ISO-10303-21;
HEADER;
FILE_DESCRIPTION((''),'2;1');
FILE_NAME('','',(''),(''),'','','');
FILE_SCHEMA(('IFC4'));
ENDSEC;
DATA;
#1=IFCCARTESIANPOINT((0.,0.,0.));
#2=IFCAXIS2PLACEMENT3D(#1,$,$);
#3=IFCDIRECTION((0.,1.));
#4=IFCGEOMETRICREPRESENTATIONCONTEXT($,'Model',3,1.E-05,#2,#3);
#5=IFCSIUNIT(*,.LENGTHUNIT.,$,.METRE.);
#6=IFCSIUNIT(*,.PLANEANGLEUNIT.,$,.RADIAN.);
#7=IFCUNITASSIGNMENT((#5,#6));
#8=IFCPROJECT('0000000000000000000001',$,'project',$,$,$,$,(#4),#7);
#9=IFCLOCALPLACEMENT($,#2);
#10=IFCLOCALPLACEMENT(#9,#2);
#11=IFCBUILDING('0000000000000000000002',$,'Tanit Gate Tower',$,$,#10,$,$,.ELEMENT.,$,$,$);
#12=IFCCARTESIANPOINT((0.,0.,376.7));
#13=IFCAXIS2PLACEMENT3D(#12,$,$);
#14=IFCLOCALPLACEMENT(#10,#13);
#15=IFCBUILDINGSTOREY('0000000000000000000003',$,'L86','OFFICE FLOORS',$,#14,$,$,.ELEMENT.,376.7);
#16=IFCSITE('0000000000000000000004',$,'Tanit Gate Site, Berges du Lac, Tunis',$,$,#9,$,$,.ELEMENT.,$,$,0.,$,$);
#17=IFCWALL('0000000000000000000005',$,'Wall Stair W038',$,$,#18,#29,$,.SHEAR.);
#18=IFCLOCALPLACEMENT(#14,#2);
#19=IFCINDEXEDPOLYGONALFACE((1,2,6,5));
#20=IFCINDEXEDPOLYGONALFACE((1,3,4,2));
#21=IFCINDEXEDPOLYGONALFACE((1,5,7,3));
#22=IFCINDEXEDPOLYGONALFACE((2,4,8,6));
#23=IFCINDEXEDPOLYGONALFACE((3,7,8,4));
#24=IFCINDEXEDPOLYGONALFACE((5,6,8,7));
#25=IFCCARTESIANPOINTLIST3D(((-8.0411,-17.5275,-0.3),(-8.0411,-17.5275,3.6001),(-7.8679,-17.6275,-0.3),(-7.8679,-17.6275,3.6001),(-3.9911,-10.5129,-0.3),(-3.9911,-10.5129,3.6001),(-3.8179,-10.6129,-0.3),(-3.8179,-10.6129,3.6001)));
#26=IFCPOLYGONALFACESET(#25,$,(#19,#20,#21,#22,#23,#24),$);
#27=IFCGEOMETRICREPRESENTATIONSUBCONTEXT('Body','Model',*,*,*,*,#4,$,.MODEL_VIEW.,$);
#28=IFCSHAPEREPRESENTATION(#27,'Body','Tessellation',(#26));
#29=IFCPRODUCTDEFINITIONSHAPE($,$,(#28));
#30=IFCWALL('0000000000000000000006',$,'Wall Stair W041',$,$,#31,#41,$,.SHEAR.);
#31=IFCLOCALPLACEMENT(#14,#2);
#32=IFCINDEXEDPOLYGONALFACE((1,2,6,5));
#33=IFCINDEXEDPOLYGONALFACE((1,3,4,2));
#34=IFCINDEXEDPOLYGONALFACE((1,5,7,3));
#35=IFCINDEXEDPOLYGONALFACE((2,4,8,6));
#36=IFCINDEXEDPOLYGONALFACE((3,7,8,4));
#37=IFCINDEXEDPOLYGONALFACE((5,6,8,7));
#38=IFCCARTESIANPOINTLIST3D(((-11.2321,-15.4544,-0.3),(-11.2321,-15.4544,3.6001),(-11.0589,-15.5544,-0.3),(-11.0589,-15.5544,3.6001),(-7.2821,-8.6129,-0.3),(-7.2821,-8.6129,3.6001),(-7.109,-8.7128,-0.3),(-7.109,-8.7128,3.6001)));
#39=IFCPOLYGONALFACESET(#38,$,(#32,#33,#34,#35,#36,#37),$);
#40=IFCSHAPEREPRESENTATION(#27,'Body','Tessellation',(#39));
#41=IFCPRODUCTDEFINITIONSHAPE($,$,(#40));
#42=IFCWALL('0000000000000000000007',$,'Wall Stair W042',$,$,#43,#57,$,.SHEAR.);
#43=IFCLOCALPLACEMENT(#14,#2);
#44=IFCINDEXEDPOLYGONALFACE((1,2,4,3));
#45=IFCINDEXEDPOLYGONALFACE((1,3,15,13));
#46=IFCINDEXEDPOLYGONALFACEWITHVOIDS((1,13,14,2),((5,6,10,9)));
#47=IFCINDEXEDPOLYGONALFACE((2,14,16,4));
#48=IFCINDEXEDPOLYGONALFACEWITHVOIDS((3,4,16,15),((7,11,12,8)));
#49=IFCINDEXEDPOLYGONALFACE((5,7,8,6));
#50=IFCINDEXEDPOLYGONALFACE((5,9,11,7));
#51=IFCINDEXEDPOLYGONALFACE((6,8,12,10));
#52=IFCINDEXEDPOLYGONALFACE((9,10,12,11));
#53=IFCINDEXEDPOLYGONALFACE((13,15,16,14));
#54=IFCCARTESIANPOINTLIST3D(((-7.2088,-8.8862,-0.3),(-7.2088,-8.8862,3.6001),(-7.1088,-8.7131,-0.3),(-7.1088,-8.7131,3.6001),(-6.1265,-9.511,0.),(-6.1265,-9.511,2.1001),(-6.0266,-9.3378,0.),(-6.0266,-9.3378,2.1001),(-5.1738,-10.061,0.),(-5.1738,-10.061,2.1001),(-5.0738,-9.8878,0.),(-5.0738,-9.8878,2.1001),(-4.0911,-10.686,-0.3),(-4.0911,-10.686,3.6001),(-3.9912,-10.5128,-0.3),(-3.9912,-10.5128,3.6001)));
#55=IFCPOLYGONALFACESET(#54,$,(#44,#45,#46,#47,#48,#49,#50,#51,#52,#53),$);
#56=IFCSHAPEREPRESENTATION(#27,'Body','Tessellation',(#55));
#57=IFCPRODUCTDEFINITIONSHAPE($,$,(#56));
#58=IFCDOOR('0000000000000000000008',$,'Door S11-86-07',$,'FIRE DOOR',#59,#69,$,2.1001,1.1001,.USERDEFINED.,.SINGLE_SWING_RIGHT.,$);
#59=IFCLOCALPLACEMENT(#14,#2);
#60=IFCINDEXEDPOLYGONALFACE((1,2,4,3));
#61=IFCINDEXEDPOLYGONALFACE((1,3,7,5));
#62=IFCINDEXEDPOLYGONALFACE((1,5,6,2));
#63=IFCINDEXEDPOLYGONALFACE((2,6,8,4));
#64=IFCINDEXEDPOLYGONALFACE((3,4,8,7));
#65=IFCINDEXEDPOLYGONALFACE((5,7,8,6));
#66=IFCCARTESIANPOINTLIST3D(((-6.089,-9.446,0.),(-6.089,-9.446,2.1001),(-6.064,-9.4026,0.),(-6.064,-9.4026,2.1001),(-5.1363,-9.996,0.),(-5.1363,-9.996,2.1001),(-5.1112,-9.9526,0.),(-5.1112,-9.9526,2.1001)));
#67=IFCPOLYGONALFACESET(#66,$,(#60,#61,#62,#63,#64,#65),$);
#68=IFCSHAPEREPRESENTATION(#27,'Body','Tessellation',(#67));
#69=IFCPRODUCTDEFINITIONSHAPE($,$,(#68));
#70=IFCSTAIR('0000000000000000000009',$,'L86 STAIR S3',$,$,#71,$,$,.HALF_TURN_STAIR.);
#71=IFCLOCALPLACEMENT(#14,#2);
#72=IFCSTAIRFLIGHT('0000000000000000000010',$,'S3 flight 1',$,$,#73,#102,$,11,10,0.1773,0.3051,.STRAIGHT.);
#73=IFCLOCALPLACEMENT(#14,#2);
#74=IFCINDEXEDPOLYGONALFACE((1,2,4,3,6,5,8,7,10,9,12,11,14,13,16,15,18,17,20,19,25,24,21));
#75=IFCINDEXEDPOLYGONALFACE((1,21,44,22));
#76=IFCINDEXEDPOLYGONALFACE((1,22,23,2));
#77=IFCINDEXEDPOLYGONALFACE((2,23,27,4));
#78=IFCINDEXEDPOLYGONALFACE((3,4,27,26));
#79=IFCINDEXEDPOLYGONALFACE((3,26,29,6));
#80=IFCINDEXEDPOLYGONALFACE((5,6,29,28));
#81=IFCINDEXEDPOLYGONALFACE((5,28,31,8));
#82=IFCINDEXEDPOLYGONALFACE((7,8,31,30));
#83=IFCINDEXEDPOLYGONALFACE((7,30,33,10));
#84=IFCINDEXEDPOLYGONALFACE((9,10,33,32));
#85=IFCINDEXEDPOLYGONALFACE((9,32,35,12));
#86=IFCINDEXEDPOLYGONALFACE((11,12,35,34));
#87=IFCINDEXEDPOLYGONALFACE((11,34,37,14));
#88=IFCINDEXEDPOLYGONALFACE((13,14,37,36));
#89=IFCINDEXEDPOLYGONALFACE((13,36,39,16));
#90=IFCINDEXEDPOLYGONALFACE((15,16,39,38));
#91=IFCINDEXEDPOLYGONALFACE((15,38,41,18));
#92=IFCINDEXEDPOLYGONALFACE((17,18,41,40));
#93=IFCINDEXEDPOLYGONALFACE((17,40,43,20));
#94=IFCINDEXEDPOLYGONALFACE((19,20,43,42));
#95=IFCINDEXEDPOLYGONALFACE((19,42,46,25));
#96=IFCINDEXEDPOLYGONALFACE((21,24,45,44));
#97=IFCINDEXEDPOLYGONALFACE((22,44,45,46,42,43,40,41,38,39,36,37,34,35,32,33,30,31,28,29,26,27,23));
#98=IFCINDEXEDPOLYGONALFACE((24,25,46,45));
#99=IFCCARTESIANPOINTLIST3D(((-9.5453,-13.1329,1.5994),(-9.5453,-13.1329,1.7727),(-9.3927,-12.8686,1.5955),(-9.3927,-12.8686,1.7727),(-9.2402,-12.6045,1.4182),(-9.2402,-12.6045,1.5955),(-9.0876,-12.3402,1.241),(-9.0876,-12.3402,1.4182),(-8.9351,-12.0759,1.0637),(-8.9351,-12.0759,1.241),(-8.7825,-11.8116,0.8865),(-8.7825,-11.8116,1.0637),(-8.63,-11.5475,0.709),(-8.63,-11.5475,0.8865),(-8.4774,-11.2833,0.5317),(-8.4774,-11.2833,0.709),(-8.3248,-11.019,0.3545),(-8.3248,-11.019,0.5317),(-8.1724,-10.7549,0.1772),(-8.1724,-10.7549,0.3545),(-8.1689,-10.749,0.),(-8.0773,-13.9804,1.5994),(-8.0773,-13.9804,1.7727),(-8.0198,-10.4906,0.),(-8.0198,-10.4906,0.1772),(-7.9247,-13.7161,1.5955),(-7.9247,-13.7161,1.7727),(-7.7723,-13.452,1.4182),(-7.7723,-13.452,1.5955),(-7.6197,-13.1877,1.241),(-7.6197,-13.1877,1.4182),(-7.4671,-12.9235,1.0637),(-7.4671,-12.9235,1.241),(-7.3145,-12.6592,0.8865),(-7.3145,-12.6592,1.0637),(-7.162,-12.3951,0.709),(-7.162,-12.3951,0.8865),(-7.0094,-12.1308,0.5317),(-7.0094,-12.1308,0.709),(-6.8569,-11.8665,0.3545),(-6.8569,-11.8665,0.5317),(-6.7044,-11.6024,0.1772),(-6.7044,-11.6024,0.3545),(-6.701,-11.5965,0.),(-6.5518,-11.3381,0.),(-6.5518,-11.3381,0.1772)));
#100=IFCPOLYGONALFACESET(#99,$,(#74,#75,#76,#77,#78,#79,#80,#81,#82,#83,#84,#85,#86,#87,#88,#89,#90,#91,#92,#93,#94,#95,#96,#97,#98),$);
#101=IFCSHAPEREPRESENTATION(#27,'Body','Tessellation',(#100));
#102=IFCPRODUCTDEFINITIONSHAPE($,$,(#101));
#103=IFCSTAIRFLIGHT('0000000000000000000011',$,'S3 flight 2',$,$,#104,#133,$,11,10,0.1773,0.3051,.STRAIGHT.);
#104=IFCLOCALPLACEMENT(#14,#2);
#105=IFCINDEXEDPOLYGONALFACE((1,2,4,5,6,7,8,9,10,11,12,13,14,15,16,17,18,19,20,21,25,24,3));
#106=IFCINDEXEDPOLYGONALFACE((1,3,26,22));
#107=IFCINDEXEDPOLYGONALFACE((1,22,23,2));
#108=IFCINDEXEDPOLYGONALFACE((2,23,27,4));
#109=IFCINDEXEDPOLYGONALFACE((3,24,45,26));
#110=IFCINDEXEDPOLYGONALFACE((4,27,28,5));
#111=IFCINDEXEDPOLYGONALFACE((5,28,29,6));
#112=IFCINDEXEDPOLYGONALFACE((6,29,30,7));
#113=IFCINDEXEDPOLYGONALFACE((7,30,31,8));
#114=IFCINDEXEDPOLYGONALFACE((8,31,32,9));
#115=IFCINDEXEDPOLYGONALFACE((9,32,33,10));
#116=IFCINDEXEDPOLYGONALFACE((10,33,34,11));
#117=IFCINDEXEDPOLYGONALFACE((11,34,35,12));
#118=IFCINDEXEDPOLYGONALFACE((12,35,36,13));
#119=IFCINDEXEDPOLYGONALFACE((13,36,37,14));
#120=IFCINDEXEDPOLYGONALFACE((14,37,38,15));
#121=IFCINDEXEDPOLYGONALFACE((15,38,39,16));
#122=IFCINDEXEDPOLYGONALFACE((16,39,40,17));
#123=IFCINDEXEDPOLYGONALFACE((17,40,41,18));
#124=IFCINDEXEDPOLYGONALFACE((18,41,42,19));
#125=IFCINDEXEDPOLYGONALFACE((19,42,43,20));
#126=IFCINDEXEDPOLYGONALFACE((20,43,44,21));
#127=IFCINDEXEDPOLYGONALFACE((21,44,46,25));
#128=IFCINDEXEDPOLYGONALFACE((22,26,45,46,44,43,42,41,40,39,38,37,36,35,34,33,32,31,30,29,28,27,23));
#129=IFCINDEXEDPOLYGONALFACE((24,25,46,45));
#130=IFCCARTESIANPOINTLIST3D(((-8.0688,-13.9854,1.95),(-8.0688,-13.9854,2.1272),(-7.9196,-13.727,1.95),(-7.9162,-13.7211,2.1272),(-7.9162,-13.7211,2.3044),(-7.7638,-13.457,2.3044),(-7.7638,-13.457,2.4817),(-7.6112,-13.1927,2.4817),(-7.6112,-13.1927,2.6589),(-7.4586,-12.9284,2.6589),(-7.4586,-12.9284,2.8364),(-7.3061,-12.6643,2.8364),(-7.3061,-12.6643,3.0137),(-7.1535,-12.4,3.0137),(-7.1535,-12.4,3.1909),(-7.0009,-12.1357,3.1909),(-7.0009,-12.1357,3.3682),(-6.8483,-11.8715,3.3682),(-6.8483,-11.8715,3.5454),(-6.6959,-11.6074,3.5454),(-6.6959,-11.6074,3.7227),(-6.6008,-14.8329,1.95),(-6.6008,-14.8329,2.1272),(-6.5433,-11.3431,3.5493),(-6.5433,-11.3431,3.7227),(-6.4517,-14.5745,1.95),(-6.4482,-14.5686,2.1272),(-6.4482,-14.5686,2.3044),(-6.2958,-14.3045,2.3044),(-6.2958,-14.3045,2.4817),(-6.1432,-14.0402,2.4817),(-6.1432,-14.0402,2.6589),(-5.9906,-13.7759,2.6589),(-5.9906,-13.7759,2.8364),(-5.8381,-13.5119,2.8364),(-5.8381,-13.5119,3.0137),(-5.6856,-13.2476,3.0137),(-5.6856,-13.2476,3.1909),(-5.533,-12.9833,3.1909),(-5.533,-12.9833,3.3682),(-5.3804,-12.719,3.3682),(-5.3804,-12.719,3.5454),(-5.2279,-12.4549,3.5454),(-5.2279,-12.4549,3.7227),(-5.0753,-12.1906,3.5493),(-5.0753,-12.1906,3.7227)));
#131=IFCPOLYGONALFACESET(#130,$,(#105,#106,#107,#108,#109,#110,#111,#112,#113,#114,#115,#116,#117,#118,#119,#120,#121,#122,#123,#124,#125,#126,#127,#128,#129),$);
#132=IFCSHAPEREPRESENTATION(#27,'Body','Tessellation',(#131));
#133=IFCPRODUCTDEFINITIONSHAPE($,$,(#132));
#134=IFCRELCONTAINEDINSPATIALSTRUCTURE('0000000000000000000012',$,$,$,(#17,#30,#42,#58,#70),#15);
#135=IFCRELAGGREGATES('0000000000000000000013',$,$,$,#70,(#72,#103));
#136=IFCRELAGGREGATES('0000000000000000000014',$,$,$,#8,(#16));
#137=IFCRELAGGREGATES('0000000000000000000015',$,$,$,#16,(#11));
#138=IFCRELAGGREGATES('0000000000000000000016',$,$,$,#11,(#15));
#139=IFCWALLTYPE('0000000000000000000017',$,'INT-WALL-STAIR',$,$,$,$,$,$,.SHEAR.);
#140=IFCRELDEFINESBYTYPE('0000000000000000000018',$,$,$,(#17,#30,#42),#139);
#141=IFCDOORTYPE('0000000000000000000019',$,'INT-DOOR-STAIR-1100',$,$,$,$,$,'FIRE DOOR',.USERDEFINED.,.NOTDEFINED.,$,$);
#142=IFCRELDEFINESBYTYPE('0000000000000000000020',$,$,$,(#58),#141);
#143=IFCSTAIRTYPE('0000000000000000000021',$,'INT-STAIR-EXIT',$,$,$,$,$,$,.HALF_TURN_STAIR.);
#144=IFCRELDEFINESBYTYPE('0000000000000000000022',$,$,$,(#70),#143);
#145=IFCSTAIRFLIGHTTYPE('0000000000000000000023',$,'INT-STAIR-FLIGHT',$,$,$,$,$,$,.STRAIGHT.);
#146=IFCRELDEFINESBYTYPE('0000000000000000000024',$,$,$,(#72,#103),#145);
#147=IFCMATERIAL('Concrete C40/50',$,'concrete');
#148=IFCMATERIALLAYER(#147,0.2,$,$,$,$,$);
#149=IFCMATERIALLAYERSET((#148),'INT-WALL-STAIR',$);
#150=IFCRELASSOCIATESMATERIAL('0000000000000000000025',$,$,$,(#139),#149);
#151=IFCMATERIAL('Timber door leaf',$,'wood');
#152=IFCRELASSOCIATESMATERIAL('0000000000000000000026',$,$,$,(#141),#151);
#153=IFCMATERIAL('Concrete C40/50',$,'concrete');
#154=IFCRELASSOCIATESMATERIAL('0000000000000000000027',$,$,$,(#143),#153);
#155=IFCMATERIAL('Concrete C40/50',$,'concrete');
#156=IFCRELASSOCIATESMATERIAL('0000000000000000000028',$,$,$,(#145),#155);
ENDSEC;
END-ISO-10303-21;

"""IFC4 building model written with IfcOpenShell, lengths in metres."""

from ifc_helpers import new_model, si_unit, direction, frame, frame_2d, origin, place, context, subcontext, project, spatial, polyline, rectangle, outline, extrude, material, layer, layer_set, type_object, element, fill, aggregate, save


model = new_model("IFC4")

# Units and contexts
model_context = context("Model", 3, precision=1e-05, world=origin(), true_north=direction((0.0, 1.0)))
body_context = subcontext(model_context, "Body", "Model", "MODEL_VIEW")
ifc_project = project(units=[si_unit("LENGTHUNIT", "METRE"), si_unit("PLANEANGLEUNIT", "RADIAN")], contexts=[model_context])

# Site, building, storey
site_placement = place(None, origin())
site = spatial("IfcSite", under=ifc_project, at=site_placement, Name="Tanit Gate Site, Berges du Lac, Tunis", CompositionType="ELEMENT", RefElevation=0.0)
building_placement = place(site_placement, origin())
building = spatial("IfcBuilding", under=site, at=building_placement, Name="Tanit Gate Tower", CompositionType="ELEMENT")
storey_placement = place(building_placement, frame((0.0, 0.0, 376.7)))
storey = spatial("IfcBuildingStorey", under=building, at=storey_placement, Name="L86", Description="OFFICE FLOORS", CompositionType="ELEMENT", Elevation=376.7)

# Walls
ifc_material_1 = material(Name="Concrete C40/50", Category="concrete")
ifc_layer_1 = layer(ifc_material_1, 0.2)
ifc_layer_set_1 = layer_set([ifc_layer_1], Name="INT-WALL-STAIR")
wall_type_1 = type_object("IfcWallType", Name="INT-WALL-STAIR", PredefinedType="SHEAR", material=ifc_layer_set_1)
wall_1_placement = place(storey_placement, frame((-3.9045, -10.563, -0.3), z_axis=(0.0, 0.0, 1.0), x_axis=(-0.500013, -0.866018, 0.0)))
element("IfcWall", 1, at=wall_1_placement, inside=storey, type_object=wall_type_1, Name="Wall Stair W038", PredefinedType="SHEAR", context=body_context, shape_type="SweptSolid", body=[
    extrude(rectangle(XDim=8.0999, YDim=0.2, at=frame_2d((4.0498, 0.0))), origin(), (0.0, 0.0, 1.0), 3.9001),
])
wall_2_placement = place(storey_placement, frame((-7.1956, -8.6628, -0.3), z_axis=(0.0, 0.0, 1.0), x_axis=(-0.499998, -0.866027, 0.0)))
element("IfcWall", 2, at=wall_2_placement, inside=storey, type_object=wall_type_1, Name="Wall Stair W041", PredefinedType="SHEAR", context=body_context, shape_type="SweptSolid", body=[
    extrude(rectangle(XDim=7.8999, YDim=0.2, at=frame_2d((3.95, 0.0))), origin(), (0.0, 0.0, 1.0), 3.9001),
])

# Wall, opening, door
wall_3_placement = place(storey_placement, frame((-4.0413, -10.5994, -0.3), z_axis=(0.0, 0.0, 1.0), x_axis=(-0.866048, 0.499961, 0.0)))
wall_3 = element("IfcWall", 3, at=wall_3_placement, inside=storey, type_object=wall_type_1, Name="Wall Stair W042", PredefinedType="SHEAR", context=body_context, shape_type="SweptSolid", body=[
    extrude(rectangle(XDim=3.5999, YDim=0.2, at=frame_2d((1.7998, 0.0))), origin(), (0.0, 0.0, 1.0), 3.9001),
])
opening_1_placement = place(wall_3_placement, frame((1.25, 0.0, 0.3)))
opening_1 = element("IfcOpeningElement", 4, at=opening_1_placement, cuts=wall_3, PredefinedType="OPENING", context=body_context, shape_type="SweptSolid", body=[
    extrude(rectangle(XDim=1.1001, YDim=2.1001, at=frame_2d((0.55, 1.05))), frame((0.0, 0.1099, 0.0), z_axis=(0.0, -1.0, 0.0), x_axis=(1.0, 0.0, 0.0)), (0.0, 0.0, 1.0), 0.22),
])
ifc_material_2 = material(Name="Timber door leaf", Category="wood")
door_type_1 = type_object("IfcDoorType", Name="INT-DOOR-STAIR-1100", ElementType="FIRE DOOR", OperationType="NOTDEFINED", PredefinedType="USERDEFINED", material=ifc_material_2)
door_1_placement = place(opening_1_placement, origin())
door_1 = element("IfcDoor", 5, at=door_1_placement, inside=storey, type_object=door_type_1, Name="Door S11-86-07", ObjectType="FIRE DOOR", OperationType="SINGLE_SWING_RIGHT", OverallHeight=2.1001, OverallWidth=1.1001, PredefinedType="USERDEFINED", context=body_context, shape_type="SweptSolid", body=[
    extrude(rectangle(XDim=1.1001, YDim=2.1001, at=frame_2d((0.55, 1.05))), frame((0.0, 0.0249, 0.0), z_axis=(0.0, -1.0, 0.0), x_axis=(1.0, 0.0, 0.0)), (0.0, 0.0, 1.0), 0.05),
])
fill(opening_1, door_1)

# Stair, stair flights
ifc_material_3 = material(Name="Concrete C40/50", Category="concrete")
stair_type = type_object("IfcStairType", Name="INT-STAIR-EXIT", PredefinedType="HALF_TURN_STAIR", material=ifc_material_3)
stair_placement = place(storey_placement, origin())
stair = element("IfcStair", 6, at=stair_placement, inside=storey, type_object=stair_type, Name="L86 STAIR S3", PredefinedType="HALF_TURN_STAIR")
ifc_material_4 = material(Name="Concrete C40/50", Category="concrete")
stair_flight_type = type_object("IfcStairFlightType", Name="INT-STAIR-FLIGHT", PredefinedType="STRAIGHT", material=ifc_material_4)
stair_flight_1_placement = place(storey_placement, frame((-7.2859, -10.9143, 0.0), z_axis=(0.0, 0.0, 1.0), x_axis=(-0.5, -0.866025, 0.0)))
stair_flight_1 = element("IfcStairFlight", 7, at=stair_flight_1_placement, type_object=stair_flight_type, Name="S3 flight 1", NumberOfRisers=11, NumberOfTreads=10, PredefinedType="STRAIGHT", RiserHeight=0.1773, TreadLength=0.3051, context=body_context, shape_type="SweptSolid", body=[
    extrude(outline(polyline([(0.0, 0.0), (0.0, 0.1772), (0.3052, 0.1772), (0.3052, 0.3545), (0.6101, 0.3545), (0.6101, 0.5317), (0.9153, 0.5317), (0.9153, 0.709), (1.2205, 0.709), (1.2205, 0.8865), (1.5254, 0.8865), (1.5254, 1.0637), (1.8306, 1.0637), (1.8306, 1.241), (2.1357, 1.241), (2.1357, 1.4182), (2.4409, 1.4182), (2.4409, 1.5955), (2.7458, 1.5955), (2.7458, 1.7727), (3.051, 1.7727), (3.051, 1.95), (3.051, 1.5994), (0.2983, 0.0), (0.0, 0.0)])), frame((0.0, 0.8477, 0.0), z_axis=(0.0, -1.0, 0.0), x_axis=(1.0, 0.0, 0.0)), (0.0, 0.0, 1.0), 1.6951),
])
stair_flight_2_placement = place(storey_placement, frame((-7.3347, -14.4092, 1.95), z_axis=(0.0, 0.0, 1.0), x_axis=(0.5, 0.866025, 0.0)))
stair_flight_2 = element("IfcStairFlight", 8, at=stair_flight_2_placement, type_object=stair_flight_type, Name="S3 flight 2", NumberOfRisers=11, NumberOfTreads=10, PredefinedType="STRAIGHT", RiserHeight=0.1773, TreadLength=0.3051, context=body_context, shape_type="SweptSolid", body=[
    extrude(outline(polyline([(0.0, 0.0), (0.0, 0.1772), (0.3052, 0.1772), (0.3052, 0.3545), (0.6101, 0.3545), (0.6101, 0.5317), (0.9153, 0.5317), (0.9153, 0.709), (1.2205, 0.709), (1.2205, 0.8865), (1.5254, 0.8865), (1.5254, 1.0637), (1.8306, 1.0637), (1.8306, 1.241), (2.1357, 1.241), (2.1357, 1.4182), (2.4409, 1.4182), (2.4409, 1.5955), (2.7458, 1.5955), (2.7458, 1.7727), (3.051, 1.7727), (3.051, 1.95), (3.051, 1.5994), (0.2983, 0.0), (0.0, 0.0)])), frame((0.0, 0.8477, 0.0), z_axis=(0.0, -1.0, 0.0), x_axis=(1.0, 0.0, 0.0)), (0.0, 0.0, 1.0), 1.6951),
])
aggregate(stair, [stair_flight_1, stair_flight_2])

save(model, "model.ifc")
